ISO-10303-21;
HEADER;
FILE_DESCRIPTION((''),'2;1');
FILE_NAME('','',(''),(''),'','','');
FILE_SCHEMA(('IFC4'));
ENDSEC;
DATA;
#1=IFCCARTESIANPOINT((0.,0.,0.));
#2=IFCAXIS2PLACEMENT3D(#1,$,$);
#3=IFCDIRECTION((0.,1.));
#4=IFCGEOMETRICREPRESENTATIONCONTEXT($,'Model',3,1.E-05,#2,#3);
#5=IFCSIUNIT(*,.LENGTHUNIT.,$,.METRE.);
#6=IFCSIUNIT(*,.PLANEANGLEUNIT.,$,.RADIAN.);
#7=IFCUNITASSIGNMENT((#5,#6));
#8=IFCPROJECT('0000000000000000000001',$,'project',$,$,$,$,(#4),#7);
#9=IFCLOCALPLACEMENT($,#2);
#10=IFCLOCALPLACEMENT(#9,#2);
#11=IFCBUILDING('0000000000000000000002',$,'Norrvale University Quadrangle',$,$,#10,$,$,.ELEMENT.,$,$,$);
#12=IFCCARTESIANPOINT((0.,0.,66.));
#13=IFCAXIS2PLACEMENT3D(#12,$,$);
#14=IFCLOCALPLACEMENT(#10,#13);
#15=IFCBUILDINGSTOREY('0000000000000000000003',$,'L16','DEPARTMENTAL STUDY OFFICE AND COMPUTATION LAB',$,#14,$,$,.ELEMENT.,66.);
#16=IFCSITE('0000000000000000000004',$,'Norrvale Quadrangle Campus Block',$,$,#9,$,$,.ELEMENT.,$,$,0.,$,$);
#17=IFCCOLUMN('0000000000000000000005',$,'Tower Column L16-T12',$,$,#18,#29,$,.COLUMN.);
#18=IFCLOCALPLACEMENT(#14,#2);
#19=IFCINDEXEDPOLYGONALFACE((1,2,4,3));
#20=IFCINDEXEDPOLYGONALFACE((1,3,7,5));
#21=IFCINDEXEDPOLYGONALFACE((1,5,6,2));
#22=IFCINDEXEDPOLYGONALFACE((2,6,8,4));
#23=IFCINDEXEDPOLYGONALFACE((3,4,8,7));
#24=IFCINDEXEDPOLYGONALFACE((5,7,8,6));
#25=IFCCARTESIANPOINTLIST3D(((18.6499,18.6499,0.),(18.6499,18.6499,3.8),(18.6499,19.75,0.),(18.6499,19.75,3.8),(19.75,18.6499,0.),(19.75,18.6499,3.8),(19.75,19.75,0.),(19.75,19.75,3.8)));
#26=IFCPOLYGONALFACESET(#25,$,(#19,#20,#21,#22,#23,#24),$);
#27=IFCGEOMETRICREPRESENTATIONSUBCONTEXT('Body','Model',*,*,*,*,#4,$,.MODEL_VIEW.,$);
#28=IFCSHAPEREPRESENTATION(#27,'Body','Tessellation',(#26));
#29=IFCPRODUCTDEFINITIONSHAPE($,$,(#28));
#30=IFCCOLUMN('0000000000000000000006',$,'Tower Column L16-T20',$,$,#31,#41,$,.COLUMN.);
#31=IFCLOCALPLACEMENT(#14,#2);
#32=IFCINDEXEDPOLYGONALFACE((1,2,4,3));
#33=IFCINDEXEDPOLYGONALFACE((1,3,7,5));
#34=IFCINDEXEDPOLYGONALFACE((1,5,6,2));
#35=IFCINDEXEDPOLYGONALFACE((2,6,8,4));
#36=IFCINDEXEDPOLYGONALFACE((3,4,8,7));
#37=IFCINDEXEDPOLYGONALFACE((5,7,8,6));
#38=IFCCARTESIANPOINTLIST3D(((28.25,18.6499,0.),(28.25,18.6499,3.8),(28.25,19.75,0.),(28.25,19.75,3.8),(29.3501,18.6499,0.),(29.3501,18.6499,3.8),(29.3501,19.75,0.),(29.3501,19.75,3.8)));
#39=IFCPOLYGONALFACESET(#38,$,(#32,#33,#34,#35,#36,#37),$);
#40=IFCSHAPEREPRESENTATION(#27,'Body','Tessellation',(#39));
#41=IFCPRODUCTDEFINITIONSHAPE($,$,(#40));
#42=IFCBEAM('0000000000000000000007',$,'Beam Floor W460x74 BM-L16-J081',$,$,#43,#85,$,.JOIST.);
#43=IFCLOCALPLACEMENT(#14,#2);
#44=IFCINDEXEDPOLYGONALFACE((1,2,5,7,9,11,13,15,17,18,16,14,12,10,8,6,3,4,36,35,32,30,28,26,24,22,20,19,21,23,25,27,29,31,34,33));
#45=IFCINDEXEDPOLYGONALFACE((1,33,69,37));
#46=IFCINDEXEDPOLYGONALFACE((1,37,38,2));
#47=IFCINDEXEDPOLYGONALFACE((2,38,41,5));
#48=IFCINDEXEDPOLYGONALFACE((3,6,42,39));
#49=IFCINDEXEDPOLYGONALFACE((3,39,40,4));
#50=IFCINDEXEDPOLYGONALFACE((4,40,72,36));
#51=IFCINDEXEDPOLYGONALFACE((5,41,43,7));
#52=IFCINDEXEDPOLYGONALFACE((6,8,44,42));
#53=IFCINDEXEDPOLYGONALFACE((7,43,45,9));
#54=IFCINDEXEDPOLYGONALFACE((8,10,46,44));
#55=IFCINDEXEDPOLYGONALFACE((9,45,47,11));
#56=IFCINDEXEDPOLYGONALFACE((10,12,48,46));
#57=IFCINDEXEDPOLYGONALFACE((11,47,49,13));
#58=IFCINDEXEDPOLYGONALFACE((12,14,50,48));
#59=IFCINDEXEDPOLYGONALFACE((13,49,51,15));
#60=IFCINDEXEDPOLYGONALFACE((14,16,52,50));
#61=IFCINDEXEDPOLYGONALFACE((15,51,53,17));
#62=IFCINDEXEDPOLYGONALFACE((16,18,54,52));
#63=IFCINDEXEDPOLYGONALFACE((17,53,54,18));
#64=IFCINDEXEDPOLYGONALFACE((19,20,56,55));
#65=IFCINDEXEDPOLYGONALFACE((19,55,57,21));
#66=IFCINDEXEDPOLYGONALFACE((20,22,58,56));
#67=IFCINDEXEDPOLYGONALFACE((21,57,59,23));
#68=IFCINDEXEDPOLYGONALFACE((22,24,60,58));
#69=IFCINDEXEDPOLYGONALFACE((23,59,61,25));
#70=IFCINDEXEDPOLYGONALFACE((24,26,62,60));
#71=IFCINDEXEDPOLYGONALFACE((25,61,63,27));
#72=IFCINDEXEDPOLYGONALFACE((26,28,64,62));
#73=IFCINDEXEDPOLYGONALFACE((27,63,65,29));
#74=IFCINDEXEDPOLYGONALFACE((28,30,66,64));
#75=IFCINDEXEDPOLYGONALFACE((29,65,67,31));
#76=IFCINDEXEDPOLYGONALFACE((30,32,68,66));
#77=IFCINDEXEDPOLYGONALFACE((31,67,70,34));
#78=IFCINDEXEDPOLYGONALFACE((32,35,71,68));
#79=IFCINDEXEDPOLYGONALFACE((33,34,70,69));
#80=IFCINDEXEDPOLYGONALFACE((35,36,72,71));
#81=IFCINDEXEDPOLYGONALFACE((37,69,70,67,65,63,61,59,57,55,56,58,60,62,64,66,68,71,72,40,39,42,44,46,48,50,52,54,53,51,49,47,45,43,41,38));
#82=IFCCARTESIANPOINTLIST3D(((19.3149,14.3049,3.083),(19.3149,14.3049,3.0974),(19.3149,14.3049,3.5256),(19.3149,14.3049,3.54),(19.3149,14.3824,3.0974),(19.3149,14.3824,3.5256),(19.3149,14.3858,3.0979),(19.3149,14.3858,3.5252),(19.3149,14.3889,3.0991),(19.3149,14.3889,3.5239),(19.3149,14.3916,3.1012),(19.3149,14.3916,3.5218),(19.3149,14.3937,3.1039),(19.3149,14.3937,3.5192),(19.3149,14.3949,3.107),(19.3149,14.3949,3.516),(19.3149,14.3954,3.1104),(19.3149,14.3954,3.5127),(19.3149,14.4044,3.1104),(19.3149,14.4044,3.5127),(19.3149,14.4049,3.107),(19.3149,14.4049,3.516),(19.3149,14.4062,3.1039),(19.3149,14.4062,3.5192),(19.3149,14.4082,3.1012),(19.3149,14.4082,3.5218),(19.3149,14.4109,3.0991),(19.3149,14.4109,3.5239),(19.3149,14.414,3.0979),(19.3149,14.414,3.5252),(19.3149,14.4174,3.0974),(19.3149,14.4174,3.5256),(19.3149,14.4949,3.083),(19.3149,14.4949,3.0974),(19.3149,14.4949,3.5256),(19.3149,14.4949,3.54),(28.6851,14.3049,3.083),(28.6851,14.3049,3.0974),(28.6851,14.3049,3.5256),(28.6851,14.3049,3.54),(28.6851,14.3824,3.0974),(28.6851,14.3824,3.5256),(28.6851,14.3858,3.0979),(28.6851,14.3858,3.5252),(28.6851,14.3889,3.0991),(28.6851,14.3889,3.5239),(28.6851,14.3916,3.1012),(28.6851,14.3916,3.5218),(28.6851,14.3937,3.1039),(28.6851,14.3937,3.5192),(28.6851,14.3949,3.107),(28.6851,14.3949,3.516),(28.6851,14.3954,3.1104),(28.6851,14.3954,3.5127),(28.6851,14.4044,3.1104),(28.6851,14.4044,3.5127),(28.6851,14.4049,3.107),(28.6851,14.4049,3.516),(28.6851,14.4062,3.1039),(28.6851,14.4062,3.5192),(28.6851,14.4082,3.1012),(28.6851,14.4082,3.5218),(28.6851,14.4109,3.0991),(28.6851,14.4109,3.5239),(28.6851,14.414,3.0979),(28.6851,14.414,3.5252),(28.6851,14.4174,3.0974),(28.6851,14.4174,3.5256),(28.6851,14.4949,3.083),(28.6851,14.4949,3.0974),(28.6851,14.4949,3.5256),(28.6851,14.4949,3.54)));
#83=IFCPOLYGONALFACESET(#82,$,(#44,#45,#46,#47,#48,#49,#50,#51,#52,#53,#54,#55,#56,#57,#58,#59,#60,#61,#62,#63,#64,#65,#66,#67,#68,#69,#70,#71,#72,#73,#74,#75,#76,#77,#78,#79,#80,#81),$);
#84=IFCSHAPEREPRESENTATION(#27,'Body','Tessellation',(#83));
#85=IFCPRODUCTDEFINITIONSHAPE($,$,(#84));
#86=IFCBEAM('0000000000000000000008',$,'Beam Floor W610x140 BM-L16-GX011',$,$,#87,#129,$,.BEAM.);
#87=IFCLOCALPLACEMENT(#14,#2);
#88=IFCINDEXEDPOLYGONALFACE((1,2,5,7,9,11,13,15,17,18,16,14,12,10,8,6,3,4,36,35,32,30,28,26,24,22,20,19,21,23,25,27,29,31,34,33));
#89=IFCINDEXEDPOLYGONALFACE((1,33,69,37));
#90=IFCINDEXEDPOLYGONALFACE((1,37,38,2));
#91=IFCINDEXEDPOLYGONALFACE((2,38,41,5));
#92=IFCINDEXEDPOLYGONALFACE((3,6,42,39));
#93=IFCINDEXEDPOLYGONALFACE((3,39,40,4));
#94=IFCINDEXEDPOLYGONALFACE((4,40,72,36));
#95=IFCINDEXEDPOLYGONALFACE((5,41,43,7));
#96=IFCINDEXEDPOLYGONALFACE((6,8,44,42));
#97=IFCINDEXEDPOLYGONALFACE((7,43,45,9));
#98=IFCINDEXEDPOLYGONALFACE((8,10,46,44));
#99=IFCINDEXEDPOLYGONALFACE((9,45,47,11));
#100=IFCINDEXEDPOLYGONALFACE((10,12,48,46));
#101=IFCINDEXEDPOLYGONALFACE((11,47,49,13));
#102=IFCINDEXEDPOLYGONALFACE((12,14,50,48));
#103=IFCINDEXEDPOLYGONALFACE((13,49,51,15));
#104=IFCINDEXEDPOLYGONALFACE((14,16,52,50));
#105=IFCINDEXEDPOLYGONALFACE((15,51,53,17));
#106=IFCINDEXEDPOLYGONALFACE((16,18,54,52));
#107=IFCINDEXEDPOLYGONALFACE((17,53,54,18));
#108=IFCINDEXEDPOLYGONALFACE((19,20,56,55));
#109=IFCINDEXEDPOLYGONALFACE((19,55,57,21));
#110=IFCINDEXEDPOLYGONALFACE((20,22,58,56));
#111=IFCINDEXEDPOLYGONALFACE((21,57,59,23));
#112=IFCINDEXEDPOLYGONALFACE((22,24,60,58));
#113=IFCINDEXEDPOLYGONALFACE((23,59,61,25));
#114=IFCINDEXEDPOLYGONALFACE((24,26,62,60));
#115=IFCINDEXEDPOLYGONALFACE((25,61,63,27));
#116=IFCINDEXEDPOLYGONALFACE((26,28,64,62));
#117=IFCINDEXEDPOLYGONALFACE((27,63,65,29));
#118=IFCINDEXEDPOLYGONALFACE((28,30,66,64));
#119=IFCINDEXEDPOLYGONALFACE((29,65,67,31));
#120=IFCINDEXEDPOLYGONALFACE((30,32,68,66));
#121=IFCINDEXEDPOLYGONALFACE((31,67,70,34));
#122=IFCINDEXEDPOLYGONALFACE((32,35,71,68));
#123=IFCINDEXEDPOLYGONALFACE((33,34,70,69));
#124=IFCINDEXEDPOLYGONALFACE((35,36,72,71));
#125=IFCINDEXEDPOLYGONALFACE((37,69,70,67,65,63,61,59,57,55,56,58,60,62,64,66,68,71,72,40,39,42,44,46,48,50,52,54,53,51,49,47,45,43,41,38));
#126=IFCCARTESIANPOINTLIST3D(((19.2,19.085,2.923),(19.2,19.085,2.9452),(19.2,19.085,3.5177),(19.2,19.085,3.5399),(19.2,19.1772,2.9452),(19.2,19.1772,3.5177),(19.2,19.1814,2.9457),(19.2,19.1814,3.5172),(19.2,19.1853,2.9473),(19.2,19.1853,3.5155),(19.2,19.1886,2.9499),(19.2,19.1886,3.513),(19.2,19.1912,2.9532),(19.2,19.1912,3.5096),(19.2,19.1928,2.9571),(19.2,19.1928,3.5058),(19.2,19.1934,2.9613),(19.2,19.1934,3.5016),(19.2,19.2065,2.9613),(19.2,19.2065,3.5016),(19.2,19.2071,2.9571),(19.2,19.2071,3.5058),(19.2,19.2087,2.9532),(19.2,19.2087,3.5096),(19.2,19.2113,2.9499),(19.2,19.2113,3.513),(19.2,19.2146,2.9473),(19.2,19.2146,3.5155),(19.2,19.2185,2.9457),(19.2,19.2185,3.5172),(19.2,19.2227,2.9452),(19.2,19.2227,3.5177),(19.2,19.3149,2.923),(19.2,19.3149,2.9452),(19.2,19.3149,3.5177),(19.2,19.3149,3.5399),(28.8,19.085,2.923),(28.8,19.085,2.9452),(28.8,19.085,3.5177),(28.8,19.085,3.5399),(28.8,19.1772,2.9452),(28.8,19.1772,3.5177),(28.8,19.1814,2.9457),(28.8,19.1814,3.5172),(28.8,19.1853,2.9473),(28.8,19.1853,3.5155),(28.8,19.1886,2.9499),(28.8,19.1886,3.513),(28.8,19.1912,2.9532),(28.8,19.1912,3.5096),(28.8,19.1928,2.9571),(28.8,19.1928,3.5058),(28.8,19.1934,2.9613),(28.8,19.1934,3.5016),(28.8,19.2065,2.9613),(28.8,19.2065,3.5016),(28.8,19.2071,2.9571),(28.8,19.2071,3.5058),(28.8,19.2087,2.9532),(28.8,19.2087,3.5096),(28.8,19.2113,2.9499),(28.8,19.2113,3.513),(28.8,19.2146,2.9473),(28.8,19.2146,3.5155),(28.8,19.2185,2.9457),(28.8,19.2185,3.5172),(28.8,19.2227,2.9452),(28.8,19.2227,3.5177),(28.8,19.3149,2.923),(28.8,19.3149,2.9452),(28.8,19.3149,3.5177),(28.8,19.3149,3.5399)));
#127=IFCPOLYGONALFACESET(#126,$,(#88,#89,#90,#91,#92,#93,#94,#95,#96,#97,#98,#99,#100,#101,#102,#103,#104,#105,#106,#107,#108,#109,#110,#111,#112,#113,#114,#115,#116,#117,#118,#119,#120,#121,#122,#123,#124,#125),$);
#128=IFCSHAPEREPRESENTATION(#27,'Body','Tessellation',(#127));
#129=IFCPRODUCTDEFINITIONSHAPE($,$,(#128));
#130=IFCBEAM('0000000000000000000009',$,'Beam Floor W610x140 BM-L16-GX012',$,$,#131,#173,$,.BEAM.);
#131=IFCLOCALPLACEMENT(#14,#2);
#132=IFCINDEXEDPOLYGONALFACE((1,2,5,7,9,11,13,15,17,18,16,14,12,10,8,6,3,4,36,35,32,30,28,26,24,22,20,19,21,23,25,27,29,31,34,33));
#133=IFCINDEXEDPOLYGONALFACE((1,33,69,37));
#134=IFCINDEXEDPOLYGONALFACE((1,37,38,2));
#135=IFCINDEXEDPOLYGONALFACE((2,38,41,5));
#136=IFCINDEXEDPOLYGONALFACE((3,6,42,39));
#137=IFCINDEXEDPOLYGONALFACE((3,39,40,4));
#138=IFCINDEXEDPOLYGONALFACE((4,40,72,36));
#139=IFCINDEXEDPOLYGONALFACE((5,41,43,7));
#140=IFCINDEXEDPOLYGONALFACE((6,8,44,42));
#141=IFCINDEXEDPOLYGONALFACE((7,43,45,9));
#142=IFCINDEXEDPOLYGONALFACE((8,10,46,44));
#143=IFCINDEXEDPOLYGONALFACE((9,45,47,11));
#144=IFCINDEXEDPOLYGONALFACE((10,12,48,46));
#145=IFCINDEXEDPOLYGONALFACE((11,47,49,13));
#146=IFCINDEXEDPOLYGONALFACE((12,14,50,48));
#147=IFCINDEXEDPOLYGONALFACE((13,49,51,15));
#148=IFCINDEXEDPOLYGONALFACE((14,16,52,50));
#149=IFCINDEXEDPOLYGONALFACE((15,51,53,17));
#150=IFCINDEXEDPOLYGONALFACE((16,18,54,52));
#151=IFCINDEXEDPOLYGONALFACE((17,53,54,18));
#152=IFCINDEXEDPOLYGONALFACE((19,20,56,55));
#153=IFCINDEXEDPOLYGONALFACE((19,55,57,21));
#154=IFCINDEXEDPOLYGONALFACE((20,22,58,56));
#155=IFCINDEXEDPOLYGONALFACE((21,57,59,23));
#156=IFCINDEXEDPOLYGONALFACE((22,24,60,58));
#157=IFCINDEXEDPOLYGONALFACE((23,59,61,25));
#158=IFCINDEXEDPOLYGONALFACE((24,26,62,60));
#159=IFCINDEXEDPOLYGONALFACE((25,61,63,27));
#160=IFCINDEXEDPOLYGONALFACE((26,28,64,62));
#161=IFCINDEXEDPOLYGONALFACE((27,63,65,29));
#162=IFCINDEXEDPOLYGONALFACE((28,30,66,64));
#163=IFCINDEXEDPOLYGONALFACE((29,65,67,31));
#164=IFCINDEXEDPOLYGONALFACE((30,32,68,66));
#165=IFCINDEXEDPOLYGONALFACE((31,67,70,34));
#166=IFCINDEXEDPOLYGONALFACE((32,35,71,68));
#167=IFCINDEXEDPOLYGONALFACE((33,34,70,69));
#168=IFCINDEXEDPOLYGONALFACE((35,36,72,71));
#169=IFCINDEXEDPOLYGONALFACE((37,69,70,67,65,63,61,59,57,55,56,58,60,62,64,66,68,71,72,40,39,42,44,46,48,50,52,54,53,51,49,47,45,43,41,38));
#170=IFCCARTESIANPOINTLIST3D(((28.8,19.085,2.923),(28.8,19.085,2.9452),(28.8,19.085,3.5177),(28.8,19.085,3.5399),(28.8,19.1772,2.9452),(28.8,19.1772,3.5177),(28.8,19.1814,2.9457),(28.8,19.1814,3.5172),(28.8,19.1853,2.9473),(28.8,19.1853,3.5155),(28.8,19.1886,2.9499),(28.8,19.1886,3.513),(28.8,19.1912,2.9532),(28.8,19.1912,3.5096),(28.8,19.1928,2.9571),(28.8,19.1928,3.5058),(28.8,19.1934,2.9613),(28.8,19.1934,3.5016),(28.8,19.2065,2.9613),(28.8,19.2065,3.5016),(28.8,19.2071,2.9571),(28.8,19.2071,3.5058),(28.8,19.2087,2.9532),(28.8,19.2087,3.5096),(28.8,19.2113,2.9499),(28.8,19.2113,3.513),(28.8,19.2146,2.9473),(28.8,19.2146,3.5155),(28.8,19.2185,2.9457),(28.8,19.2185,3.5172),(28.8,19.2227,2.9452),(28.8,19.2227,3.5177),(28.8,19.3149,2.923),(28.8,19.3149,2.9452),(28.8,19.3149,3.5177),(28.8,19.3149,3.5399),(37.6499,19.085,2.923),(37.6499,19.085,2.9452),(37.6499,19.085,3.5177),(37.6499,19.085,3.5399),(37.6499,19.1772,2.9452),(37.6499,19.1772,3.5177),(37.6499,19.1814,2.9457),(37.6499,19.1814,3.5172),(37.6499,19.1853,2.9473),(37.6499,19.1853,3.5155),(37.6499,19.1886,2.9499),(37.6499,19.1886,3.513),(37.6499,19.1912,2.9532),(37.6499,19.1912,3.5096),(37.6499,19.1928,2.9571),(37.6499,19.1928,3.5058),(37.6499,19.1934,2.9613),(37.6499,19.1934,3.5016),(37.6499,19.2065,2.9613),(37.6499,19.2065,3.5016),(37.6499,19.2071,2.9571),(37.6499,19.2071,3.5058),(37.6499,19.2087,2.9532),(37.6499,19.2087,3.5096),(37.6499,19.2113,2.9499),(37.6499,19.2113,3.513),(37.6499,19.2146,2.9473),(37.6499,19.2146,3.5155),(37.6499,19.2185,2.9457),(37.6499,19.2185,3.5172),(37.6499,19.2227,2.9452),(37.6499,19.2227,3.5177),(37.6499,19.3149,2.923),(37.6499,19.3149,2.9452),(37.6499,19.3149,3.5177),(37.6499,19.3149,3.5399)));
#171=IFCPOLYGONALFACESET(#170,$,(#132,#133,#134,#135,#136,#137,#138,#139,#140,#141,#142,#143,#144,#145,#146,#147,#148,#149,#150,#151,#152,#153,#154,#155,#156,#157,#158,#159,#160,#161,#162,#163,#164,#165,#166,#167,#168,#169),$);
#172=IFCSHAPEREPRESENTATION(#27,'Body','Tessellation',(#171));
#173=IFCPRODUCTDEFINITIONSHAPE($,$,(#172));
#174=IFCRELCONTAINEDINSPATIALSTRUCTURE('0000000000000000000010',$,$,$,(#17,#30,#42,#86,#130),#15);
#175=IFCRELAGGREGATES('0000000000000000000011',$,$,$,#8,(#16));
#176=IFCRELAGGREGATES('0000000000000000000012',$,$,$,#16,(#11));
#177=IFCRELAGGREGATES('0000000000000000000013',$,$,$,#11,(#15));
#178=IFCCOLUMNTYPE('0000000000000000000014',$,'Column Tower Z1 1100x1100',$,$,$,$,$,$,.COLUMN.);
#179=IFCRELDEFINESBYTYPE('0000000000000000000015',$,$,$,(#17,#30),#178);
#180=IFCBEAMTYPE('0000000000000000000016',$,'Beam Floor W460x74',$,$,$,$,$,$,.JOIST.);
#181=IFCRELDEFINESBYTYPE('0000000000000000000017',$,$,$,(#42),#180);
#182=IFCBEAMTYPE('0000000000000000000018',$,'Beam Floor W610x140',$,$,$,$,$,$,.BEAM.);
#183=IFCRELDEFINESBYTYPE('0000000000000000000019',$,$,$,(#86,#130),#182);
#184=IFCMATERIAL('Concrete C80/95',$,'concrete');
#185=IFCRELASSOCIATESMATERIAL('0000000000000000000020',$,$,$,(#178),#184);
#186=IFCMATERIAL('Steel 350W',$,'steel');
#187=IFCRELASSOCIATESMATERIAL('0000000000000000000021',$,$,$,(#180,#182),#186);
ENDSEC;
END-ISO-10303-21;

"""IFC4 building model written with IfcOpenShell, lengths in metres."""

from ifc_helpers import new_model, si_unit, direction, frame, origin, origin_2d, place, context, subcontext, project, spatial, rectangle, i_section, extrude, material, material_profile, profile_set, type_object, element, save


model = new_model("IFC4")

# Units and contexts
model_context = context("Model", 3, precision=1e-05, world=origin(), true_north=direction((0.0, 1.0)))
body_context = subcontext(model_context, "Body", "Model", "MODEL_VIEW")
ifc_project = project(units=[si_unit("LENGTHUNIT", "METRE"), si_unit("PLANEANGLEUNIT", "RADIAN")], contexts=[model_context])

# Site, building, storey
site_placement = place(None, origin())
site = spatial("IfcSite", under=ifc_project, at=site_placement, Name="Norrvale Quadrangle Campus Block", CompositionType="ELEMENT", RefElevation=0.0)
building_placement = place(site_placement, origin())
building = spatial("IfcBuilding", under=site, at=building_placement, Name="Norrvale University Quadrangle", CompositionType="ELEMENT")
storey_placement = place(building_placement, frame((0.0, 0.0, 66.0)))
storey = spatial("IfcBuildingStorey", under=building, at=storey_placement, Name="L16", Description="DEPARTMENTAL STUDY OFFICE AND COMPUTATION LAB", CompositionType="ELEMENT", Elevation=66.0)

# Columns
ifc_material_1 = material(Name="Concrete C80/95", Category="concrete")
ifc_material_profile_1 = material_profile(ifc_material_1, rectangle(XDim=1.1001, YDim=1.1001, at=origin_2d()), Name="Concrete C80/95")
ifc_profile_set_1 = profile_set([ifc_material_profile_1], Name="Concrete C80/95")
column_type = type_object("IfcColumnType", Name="Column Tower Z1 1100x1100", PredefinedType="COLUMN", material=ifc_profile_set_1)
for number, where, z_axis, x_axis, name in (
    (1, (19.2, 19.2, 0.0), (0.0, 0.0, 1.0), (1.0, 0.0, 0.0), "Tower Column L16-T12"),
    (2, (28.8, 19.2, 0.0), (0.0, 0.0, 1.0), (1.0, 0.0, 0.0), "Tower Column L16-T20"),
):
    element("IfcColumn", number, at=place(storey_placement, frame(where, z_axis=z_axis, x_axis=x_axis)), inside=storey, type_object=column_type, Name=name, PredefinedType="COLUMN", context=body_context, shape_type="SweptSolid", body=[
        extrude(rectangle(XDim=1.1001, YDim=1.1001, at=origin_2d()), origin(), (0.0, 0.0, 1.0), 3.8),
    ])

# Beams
ifc_material_2 = material(Name="Steel 350W", Category="steel")
ifc_material_profile_2 = material_profile(ifc_material_2, i_section(OverallWidth=0.1899, OverallDepth=0.457, WebThickness=0.009, FlangeThickness=0.0144, FilletRadius=0.0129, at=origin_2d()), Name="Steel 350W")
ifc_profile_set_2 = profile_set([ifc_material_profile_2], Name="Steel 350W")
beam_type_1 = type_object("IfcBeamType", Name="Beam Floor W460x74", PredefinedType="JOIST", material=ifc_profile_set_2)
beam_1_placement = place(storey_placement, frame((19.3149, 14.3999, 3.3115), z_axis=(1.0, 0.0, 0.0), x_axis=(0.0, 1.0, 0.0)))
element("IfcBeam", 3, at=beam_1_placement, inside=storey, type_object=beam_type_1, Name="Beam Floor W460x74 BM-L16-J081", PredefinedType="JOIST", context=body_context, shape_type="SweptSolid", body=[
    extrude(i_section(OverallWidth=0.1899, OverallDepth=0.457, WebThickness=0.009, FlangeThickness=0.0144, FilletRadius=0.0129, at=origin_2d()), origin(), (0.0, 0.0, 1.0), 9.3701),
])
ifc_material_profile_3 = material_profile(ifc_material_2, i_section(OverallWidth=0.23, OverallDepth=0.6169, WebThickness=0.0132, FlangeThickness=0.0222, FilletRadius=0.0161, at=origin_2d()), Name="Steel 350W")
ifc_profile_set_3 = profile_set([ifc_material_profile_3], Name="Steel 350W")
beam_type_2 = type_object("IfcBeamType", Name="Beam Floor W610x140", PredefinedType="BEAM", material=ifc_profile_set_3)
beam_2_placement = place(storey_placement, frame((19.2, 19.2, 3.2314), z_axis=(1.0, 0.0, 0.0), x_axis=(0.0, 1.0, 0.0)))
element("IfcBeam", 4, at=beam_2_placement, inside=storey, type_object=beam_type_2, Name="Beam Floor W610x140 BM-L16-GX011", PredefinedType="BEAM", context=body_context, shape_type="SweptSolid", body=[
    extrude(i_section(OverallWidth=0.23, OverallDepth=0.6169, WebThickness=0.0132, FlangeThickness=0.0222, FilletRadius=0.0161, at=origin_2d()), origin(), (0.0, 0.0, 1.0), 9.6001),
])
beam_3_placement = place(storey_placement, frame((28.8, 19.2, 3.2314), z_axis=(1.0, 0.0, 0.0), x_axis=(0.0, 1.0, 0.0)))
element("IfcBeam", 5, at=beam_3_placement, inside=storey, type_object=beam_type_2, Name="Beam Floor W610x140 BM-L16-GX012", PredefinedType="BEAM", context=body_context, shape_type="SweptSolid", body=[
    extrude(i_section(OverallWidth=0.23, OverallDepth=0.6169, WebThickness=0.0132, FlangeThickness=0.0222, FilletRadius=0.0161, at=origin_2d()), origin(), (0.0, 0.0, 1.0), 8.8499),
])

save(model, "model.ifc")
